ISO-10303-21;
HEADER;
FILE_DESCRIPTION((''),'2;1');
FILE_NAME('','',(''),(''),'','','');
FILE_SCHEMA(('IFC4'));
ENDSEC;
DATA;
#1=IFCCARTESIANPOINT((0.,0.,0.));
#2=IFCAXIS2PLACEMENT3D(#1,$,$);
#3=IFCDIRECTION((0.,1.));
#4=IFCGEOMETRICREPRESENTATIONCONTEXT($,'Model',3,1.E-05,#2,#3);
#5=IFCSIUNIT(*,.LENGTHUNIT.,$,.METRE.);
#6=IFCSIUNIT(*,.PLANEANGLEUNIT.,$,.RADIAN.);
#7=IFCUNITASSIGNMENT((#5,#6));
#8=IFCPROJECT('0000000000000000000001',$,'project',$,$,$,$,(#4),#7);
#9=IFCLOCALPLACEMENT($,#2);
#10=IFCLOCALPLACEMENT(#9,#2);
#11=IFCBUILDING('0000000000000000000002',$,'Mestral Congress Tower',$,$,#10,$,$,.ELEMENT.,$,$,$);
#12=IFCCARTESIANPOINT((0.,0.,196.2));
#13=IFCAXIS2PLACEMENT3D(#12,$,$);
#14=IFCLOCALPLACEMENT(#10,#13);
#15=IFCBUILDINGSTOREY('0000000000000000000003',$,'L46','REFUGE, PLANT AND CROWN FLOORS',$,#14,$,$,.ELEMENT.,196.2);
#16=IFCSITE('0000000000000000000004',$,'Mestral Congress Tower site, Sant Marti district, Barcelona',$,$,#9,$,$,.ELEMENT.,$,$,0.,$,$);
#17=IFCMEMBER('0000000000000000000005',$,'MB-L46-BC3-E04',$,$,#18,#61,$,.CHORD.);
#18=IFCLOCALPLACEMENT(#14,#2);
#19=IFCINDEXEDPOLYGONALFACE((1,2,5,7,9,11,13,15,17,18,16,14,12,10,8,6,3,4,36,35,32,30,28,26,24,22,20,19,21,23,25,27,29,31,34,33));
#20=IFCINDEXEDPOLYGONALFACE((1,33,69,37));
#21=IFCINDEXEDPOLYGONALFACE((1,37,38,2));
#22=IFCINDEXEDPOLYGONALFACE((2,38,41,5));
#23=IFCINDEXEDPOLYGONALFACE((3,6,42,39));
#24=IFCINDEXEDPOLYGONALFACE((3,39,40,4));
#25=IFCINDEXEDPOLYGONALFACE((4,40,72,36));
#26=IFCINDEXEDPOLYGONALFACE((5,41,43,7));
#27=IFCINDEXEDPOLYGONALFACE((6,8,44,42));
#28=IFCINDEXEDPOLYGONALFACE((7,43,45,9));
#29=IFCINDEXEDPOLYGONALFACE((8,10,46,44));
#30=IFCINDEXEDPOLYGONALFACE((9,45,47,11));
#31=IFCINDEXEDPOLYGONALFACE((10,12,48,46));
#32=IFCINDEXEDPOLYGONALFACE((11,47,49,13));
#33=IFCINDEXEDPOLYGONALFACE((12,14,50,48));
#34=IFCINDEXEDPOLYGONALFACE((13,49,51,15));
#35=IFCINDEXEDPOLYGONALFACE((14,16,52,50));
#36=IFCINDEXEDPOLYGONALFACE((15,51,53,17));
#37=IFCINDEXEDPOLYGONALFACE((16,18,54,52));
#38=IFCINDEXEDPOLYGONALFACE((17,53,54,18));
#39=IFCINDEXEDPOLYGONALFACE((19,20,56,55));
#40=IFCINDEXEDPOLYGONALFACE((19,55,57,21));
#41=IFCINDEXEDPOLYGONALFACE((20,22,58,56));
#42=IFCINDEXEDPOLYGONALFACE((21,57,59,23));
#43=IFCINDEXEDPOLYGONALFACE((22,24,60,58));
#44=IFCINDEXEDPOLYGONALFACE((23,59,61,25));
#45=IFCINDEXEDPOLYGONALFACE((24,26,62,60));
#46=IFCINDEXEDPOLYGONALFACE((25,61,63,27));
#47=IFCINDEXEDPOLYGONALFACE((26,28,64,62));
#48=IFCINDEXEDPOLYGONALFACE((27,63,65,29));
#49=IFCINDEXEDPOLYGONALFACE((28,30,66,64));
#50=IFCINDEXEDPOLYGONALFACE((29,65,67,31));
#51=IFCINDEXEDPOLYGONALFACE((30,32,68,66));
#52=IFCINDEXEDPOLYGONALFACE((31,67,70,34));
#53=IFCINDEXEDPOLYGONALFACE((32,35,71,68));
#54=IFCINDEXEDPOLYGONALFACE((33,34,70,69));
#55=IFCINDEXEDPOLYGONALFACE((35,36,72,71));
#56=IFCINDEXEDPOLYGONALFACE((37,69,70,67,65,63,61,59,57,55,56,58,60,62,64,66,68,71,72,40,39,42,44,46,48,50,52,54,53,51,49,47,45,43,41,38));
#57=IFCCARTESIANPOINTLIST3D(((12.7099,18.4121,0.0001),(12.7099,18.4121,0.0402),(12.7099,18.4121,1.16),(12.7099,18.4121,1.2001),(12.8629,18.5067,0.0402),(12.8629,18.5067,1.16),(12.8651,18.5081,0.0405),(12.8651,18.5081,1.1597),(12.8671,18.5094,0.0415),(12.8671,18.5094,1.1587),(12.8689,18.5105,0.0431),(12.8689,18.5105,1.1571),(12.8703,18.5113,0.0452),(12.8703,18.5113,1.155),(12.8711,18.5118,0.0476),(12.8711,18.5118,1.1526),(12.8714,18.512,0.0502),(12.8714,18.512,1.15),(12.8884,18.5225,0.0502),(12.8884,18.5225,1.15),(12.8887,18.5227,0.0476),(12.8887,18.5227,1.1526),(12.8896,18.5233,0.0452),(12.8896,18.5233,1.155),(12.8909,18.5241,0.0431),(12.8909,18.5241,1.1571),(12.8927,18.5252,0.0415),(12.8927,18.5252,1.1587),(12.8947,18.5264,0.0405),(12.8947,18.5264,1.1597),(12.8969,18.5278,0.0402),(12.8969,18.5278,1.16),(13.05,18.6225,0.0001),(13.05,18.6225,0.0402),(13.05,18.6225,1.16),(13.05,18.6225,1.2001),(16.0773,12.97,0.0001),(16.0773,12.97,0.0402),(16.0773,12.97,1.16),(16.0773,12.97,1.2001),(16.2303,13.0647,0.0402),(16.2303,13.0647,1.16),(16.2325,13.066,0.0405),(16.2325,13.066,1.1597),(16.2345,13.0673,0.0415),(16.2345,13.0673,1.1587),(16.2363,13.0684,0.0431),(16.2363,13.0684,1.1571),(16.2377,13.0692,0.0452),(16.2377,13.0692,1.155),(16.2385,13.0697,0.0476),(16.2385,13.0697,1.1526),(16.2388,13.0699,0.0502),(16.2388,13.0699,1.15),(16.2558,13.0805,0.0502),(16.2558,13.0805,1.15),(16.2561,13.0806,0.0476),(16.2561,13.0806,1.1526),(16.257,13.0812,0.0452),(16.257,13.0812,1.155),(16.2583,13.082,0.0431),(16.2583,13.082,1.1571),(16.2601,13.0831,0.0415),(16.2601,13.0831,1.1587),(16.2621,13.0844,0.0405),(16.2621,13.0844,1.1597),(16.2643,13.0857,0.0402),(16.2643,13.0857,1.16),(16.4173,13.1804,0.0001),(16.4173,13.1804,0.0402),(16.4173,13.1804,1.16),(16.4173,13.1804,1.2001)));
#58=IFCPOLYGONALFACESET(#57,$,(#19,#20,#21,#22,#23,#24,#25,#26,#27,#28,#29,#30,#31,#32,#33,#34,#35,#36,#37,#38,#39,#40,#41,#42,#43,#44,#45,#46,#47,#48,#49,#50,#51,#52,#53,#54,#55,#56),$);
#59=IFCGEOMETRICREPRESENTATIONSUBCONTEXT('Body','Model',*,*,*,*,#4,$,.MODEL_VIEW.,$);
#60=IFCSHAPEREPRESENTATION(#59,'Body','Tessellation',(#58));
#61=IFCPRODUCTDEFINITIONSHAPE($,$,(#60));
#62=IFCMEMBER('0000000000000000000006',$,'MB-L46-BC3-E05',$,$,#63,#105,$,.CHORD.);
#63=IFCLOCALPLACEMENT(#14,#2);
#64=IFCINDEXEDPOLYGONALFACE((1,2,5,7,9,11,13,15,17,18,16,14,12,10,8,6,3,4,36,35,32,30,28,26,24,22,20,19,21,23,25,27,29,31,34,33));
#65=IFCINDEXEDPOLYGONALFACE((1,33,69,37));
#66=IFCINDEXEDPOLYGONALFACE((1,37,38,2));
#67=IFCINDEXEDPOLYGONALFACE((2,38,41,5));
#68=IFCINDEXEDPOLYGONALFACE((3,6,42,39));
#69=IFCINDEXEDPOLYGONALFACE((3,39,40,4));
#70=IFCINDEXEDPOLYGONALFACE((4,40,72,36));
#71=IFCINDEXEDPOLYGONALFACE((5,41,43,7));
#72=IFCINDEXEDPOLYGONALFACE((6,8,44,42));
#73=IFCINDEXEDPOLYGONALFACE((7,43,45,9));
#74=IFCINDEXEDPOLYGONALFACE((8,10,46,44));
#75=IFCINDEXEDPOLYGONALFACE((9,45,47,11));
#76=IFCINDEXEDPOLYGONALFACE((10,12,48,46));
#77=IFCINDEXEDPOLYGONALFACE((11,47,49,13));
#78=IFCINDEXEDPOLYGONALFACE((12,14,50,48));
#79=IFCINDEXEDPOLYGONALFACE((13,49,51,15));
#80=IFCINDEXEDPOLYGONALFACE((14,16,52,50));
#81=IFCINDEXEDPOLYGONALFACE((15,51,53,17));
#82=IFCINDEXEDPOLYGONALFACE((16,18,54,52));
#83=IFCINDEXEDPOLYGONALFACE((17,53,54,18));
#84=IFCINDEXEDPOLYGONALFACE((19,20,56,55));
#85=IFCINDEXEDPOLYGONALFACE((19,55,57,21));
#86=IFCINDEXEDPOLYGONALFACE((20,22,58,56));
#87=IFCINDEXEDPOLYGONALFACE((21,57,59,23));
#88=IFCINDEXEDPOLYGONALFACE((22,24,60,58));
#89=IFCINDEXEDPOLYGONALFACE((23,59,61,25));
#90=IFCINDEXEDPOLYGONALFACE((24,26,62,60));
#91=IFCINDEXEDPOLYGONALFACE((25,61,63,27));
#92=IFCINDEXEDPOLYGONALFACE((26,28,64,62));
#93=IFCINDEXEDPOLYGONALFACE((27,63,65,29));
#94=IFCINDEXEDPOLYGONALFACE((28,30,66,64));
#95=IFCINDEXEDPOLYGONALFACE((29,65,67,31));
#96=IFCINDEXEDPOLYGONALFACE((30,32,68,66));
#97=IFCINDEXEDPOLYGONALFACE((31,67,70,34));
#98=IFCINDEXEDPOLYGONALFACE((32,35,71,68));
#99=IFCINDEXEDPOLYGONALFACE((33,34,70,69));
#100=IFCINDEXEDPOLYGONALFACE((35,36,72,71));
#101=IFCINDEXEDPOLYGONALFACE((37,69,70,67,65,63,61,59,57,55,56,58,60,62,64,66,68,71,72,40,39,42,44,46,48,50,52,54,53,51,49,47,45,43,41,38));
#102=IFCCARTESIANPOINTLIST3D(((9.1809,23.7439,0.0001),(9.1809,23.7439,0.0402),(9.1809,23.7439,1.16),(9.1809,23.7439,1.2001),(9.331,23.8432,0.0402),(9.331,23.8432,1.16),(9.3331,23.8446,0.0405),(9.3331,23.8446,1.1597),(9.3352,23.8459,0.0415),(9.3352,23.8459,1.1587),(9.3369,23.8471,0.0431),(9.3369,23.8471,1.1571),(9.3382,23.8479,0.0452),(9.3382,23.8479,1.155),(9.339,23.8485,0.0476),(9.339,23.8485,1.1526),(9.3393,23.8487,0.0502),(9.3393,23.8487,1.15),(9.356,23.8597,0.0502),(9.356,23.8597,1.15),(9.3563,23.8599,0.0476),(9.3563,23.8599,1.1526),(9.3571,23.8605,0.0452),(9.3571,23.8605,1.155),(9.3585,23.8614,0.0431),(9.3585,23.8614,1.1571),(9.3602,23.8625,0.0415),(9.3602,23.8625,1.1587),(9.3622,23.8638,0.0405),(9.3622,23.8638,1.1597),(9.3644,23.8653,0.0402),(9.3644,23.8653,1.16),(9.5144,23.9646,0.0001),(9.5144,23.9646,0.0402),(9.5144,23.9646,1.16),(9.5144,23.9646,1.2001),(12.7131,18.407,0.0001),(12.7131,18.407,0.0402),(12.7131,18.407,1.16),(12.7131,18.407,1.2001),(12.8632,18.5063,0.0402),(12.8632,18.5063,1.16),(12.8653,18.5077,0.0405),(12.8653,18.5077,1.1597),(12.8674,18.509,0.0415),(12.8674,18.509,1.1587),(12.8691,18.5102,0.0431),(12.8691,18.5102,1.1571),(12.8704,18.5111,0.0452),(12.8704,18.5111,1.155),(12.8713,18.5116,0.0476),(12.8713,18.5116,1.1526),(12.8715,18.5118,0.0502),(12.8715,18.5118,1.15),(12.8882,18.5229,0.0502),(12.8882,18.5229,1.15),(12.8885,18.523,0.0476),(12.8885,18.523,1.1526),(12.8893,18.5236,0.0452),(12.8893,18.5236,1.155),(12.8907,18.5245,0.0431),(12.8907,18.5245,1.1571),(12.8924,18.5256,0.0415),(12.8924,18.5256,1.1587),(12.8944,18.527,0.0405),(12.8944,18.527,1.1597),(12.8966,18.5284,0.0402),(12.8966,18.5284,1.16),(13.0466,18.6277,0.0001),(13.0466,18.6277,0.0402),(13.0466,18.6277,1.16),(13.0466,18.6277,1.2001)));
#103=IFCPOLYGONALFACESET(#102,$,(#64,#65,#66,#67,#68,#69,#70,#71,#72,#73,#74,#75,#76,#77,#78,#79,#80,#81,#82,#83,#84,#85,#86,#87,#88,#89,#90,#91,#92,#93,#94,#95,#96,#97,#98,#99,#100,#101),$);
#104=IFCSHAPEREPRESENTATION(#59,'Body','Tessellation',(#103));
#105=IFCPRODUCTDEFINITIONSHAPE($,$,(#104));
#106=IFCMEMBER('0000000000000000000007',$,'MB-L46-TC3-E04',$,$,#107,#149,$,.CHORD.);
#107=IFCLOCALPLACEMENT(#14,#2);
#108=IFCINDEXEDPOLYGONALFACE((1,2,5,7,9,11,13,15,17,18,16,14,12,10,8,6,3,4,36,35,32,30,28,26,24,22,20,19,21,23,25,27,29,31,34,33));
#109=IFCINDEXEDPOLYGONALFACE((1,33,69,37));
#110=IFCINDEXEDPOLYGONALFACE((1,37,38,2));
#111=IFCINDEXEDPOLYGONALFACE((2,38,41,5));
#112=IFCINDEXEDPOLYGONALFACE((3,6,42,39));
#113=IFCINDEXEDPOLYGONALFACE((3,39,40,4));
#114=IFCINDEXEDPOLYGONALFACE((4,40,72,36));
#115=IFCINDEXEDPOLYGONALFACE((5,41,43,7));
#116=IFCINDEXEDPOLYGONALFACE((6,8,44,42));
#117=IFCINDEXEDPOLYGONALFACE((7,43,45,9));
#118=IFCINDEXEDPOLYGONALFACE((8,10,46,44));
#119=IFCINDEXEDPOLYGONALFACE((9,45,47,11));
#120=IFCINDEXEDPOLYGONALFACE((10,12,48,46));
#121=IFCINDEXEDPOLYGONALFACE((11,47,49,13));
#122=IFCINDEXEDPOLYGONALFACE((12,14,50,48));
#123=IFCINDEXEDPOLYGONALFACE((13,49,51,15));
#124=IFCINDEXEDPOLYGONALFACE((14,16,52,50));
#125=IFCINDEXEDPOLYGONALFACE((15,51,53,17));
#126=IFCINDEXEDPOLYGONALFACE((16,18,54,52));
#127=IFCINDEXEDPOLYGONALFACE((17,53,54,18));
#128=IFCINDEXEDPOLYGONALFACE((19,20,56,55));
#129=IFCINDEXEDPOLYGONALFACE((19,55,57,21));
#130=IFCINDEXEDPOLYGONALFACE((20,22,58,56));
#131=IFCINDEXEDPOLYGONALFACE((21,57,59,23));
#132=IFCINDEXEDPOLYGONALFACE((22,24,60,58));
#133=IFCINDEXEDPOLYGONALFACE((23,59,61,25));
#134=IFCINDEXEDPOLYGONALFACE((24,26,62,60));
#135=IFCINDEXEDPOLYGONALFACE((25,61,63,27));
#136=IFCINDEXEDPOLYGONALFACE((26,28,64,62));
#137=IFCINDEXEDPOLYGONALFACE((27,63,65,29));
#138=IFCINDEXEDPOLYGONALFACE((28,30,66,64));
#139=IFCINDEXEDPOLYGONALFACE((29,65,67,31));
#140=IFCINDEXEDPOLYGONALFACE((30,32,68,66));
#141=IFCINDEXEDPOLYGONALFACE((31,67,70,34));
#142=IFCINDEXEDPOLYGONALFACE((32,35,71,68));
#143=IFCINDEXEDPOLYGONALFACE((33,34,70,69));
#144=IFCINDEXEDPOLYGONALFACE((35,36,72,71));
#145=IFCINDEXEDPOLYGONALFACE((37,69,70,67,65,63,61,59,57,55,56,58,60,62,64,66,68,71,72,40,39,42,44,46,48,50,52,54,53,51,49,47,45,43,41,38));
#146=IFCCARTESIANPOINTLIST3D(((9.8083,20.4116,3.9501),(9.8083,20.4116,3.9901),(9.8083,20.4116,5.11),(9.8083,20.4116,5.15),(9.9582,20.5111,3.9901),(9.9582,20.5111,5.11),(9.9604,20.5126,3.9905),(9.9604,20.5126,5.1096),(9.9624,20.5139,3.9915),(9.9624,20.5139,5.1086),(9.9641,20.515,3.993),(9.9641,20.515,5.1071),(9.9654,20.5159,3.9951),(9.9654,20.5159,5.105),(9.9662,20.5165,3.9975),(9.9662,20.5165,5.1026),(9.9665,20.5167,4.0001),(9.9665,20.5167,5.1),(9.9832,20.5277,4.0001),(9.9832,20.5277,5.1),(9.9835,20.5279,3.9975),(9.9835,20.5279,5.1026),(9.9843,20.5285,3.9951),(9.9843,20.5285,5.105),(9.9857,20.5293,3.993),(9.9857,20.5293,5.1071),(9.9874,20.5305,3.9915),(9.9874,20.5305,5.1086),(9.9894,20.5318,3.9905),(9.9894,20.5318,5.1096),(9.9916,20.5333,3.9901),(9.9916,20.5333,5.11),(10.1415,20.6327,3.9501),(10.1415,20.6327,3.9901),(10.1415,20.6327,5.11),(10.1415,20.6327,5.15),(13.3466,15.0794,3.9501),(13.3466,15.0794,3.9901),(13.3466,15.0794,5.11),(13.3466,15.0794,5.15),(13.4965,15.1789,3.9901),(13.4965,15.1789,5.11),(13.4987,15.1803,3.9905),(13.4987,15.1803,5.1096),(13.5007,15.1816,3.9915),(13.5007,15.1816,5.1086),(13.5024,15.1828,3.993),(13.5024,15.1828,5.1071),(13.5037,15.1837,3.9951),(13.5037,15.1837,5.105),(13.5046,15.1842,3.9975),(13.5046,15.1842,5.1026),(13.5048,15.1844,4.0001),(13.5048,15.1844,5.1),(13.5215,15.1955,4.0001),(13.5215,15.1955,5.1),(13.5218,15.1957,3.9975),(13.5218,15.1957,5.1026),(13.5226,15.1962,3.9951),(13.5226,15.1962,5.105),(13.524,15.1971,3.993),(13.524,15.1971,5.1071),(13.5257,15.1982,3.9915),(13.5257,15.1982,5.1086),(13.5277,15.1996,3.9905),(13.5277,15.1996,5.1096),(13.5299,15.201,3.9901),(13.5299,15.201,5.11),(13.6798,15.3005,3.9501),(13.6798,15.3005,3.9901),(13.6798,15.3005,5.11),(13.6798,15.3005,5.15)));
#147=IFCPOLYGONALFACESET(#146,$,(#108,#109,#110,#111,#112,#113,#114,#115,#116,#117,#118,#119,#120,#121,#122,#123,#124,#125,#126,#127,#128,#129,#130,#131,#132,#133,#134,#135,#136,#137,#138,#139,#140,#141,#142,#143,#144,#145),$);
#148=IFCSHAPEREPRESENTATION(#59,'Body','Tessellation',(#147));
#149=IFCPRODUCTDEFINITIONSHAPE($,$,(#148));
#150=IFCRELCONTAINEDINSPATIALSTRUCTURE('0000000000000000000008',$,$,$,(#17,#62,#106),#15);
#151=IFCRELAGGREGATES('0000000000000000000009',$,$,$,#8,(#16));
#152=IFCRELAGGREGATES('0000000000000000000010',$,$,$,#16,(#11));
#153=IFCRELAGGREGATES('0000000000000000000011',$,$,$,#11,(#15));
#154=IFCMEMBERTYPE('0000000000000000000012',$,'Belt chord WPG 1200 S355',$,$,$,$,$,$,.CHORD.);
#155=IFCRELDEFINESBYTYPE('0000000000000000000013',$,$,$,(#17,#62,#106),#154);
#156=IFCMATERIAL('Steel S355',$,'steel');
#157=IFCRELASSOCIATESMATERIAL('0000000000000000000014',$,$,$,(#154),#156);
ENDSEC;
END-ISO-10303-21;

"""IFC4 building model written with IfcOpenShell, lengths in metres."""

from ifc_helpers import new_model, si_unit, direction, frame, origin, origin_2d, place, context, subcontext, project, spatial, i_section, extrude, material, material_profile, profile_set, type_object, element, save


model = new_model("IFC4")

# Units and contexts
model_context = context("Model", 3, precision=1e-05, world=origin(), true_north=direction((0.0, 1.0)))
body_context = subcontext(model_context, "Body", "Model", "MODEL_VIEW")
ifc_project = project(units=[si_unit("LENGTHUNIT", "METRE"), si_unit("PLANEANGLEUNIT", "RADIAN")], contexts=[model_context])

# Site, building, storey
site_placement = place(None, origin())
site = spatial("IfcSite", under=ifc_project, at=site_placement, Name="Mestral Congress Tower site, Sant Marti district, Barcelona", CompositionType="ELEMENT", RefElevation=0.0)
building_placement = place(site_placement, origin())
building = spatial("IfcBuilding", under=site, at=building_placement, Name="Mestral Congress Tower", CompositionType="ELEMENT")
storey_placement = place(building_placement, frame((0.0, 0.0, 196.2)))
storey = spatial("IfcBuildingStorey", under=building, at=storey_placement, Name="L46", Description="REFUGE, PLANT AND CROWN FLOORS", CompositionType="ELEMENT", Elevation=196.2)

# Members
ifc_material_1 = material(Name="Steel S355", Category="steel")
ifc_material_profile_1 = material_profile(ifc_material_1, i_section(OverallWidth=0.3999, OverallDepth=1.2, WebThickness=0.02, FlangeThickness=0.04, FilletRadius=0.01, at=origin_2d()), Name="WPG 1200")
ifc_profile_set_1 = profile_set([ifc_material_profile_1], Name="Steel S355")
member_type_1 = type_object("IfcMemberType", Name="Belt chord WPG 1200 S355", PredefinedType="CHORD", material=ifc_profile_set_1)
member_1_placement = place(storey_placement, frame((16.2473, 13.0752, 0.6001), z_axis=(-0.526184, 0.850371, 0.0), x_axis=(-0.850371, -0.526184, 0.0)))
element("IfcMember", 1, at=member_1_placement, inside=storey, type_object=member_type_1, Name="MB-L46-BC3-E04", PredefinedType="CHORD", context=body_context, shape_type="SweptSolid", body=[
    extrude(i_section(OverallWidth=0.3999, OverallDepth=1.2, WebThickness=0.02, FlangeThickness=0.04, FilletRadius=0.01, at=origin_2d()), origin(), (0.0, 0.0, 1.0), 6.3997),
])
member_2_placement = place(storey_placement, frame((12.8799, 18.5173, 0.6001), z_axis=(-0.551915, 0.8339, 0.0), x_axis=(-0.8339, -0.551915, 0.0)))
element("IfcMember", 2, at=member_2_placement, inside=storey, type_object=member_type_1, Name="MB-L46-BC3-E05", PredefinedType="CHORD", context=body_context, shape_type="SweptSolid", body=[
    extrude(i_section(OverallWidth=0.3999, OverallDepth=1.2, WebThickness=0.02, FlangeThickness=0.04, FilletRadius=0.01, at=origin_2d()), origin(), (0.0, 0.0, 1.0), 6.3999),
])
member_3_placement = place(storey_placement, frame((13.5132, 15.1899, 4.55), z_axis=(-0.552912, 0.83324, 0.0), x_axis=(-0.83324, -0.552912, 0.0)))
element("IfcMember", 3, at=member_3_placement, inside=storey, type_object=member_type_1, Name="MB-L46-TC3-E04", PredefinedType="CHORD", context=body_context, shape_type="SweptSolid", body=[
    extrude(i_section(OverallWidth=0.3999, OverallDepth=1.2, WebThickness=0.02, FlangeThickness=0.04, FilletRadius=0.01, at=origin_2d()), origin(), (0.0, 0.0, 1.0), 6.3994),
])

save(model, "model.ifc")
